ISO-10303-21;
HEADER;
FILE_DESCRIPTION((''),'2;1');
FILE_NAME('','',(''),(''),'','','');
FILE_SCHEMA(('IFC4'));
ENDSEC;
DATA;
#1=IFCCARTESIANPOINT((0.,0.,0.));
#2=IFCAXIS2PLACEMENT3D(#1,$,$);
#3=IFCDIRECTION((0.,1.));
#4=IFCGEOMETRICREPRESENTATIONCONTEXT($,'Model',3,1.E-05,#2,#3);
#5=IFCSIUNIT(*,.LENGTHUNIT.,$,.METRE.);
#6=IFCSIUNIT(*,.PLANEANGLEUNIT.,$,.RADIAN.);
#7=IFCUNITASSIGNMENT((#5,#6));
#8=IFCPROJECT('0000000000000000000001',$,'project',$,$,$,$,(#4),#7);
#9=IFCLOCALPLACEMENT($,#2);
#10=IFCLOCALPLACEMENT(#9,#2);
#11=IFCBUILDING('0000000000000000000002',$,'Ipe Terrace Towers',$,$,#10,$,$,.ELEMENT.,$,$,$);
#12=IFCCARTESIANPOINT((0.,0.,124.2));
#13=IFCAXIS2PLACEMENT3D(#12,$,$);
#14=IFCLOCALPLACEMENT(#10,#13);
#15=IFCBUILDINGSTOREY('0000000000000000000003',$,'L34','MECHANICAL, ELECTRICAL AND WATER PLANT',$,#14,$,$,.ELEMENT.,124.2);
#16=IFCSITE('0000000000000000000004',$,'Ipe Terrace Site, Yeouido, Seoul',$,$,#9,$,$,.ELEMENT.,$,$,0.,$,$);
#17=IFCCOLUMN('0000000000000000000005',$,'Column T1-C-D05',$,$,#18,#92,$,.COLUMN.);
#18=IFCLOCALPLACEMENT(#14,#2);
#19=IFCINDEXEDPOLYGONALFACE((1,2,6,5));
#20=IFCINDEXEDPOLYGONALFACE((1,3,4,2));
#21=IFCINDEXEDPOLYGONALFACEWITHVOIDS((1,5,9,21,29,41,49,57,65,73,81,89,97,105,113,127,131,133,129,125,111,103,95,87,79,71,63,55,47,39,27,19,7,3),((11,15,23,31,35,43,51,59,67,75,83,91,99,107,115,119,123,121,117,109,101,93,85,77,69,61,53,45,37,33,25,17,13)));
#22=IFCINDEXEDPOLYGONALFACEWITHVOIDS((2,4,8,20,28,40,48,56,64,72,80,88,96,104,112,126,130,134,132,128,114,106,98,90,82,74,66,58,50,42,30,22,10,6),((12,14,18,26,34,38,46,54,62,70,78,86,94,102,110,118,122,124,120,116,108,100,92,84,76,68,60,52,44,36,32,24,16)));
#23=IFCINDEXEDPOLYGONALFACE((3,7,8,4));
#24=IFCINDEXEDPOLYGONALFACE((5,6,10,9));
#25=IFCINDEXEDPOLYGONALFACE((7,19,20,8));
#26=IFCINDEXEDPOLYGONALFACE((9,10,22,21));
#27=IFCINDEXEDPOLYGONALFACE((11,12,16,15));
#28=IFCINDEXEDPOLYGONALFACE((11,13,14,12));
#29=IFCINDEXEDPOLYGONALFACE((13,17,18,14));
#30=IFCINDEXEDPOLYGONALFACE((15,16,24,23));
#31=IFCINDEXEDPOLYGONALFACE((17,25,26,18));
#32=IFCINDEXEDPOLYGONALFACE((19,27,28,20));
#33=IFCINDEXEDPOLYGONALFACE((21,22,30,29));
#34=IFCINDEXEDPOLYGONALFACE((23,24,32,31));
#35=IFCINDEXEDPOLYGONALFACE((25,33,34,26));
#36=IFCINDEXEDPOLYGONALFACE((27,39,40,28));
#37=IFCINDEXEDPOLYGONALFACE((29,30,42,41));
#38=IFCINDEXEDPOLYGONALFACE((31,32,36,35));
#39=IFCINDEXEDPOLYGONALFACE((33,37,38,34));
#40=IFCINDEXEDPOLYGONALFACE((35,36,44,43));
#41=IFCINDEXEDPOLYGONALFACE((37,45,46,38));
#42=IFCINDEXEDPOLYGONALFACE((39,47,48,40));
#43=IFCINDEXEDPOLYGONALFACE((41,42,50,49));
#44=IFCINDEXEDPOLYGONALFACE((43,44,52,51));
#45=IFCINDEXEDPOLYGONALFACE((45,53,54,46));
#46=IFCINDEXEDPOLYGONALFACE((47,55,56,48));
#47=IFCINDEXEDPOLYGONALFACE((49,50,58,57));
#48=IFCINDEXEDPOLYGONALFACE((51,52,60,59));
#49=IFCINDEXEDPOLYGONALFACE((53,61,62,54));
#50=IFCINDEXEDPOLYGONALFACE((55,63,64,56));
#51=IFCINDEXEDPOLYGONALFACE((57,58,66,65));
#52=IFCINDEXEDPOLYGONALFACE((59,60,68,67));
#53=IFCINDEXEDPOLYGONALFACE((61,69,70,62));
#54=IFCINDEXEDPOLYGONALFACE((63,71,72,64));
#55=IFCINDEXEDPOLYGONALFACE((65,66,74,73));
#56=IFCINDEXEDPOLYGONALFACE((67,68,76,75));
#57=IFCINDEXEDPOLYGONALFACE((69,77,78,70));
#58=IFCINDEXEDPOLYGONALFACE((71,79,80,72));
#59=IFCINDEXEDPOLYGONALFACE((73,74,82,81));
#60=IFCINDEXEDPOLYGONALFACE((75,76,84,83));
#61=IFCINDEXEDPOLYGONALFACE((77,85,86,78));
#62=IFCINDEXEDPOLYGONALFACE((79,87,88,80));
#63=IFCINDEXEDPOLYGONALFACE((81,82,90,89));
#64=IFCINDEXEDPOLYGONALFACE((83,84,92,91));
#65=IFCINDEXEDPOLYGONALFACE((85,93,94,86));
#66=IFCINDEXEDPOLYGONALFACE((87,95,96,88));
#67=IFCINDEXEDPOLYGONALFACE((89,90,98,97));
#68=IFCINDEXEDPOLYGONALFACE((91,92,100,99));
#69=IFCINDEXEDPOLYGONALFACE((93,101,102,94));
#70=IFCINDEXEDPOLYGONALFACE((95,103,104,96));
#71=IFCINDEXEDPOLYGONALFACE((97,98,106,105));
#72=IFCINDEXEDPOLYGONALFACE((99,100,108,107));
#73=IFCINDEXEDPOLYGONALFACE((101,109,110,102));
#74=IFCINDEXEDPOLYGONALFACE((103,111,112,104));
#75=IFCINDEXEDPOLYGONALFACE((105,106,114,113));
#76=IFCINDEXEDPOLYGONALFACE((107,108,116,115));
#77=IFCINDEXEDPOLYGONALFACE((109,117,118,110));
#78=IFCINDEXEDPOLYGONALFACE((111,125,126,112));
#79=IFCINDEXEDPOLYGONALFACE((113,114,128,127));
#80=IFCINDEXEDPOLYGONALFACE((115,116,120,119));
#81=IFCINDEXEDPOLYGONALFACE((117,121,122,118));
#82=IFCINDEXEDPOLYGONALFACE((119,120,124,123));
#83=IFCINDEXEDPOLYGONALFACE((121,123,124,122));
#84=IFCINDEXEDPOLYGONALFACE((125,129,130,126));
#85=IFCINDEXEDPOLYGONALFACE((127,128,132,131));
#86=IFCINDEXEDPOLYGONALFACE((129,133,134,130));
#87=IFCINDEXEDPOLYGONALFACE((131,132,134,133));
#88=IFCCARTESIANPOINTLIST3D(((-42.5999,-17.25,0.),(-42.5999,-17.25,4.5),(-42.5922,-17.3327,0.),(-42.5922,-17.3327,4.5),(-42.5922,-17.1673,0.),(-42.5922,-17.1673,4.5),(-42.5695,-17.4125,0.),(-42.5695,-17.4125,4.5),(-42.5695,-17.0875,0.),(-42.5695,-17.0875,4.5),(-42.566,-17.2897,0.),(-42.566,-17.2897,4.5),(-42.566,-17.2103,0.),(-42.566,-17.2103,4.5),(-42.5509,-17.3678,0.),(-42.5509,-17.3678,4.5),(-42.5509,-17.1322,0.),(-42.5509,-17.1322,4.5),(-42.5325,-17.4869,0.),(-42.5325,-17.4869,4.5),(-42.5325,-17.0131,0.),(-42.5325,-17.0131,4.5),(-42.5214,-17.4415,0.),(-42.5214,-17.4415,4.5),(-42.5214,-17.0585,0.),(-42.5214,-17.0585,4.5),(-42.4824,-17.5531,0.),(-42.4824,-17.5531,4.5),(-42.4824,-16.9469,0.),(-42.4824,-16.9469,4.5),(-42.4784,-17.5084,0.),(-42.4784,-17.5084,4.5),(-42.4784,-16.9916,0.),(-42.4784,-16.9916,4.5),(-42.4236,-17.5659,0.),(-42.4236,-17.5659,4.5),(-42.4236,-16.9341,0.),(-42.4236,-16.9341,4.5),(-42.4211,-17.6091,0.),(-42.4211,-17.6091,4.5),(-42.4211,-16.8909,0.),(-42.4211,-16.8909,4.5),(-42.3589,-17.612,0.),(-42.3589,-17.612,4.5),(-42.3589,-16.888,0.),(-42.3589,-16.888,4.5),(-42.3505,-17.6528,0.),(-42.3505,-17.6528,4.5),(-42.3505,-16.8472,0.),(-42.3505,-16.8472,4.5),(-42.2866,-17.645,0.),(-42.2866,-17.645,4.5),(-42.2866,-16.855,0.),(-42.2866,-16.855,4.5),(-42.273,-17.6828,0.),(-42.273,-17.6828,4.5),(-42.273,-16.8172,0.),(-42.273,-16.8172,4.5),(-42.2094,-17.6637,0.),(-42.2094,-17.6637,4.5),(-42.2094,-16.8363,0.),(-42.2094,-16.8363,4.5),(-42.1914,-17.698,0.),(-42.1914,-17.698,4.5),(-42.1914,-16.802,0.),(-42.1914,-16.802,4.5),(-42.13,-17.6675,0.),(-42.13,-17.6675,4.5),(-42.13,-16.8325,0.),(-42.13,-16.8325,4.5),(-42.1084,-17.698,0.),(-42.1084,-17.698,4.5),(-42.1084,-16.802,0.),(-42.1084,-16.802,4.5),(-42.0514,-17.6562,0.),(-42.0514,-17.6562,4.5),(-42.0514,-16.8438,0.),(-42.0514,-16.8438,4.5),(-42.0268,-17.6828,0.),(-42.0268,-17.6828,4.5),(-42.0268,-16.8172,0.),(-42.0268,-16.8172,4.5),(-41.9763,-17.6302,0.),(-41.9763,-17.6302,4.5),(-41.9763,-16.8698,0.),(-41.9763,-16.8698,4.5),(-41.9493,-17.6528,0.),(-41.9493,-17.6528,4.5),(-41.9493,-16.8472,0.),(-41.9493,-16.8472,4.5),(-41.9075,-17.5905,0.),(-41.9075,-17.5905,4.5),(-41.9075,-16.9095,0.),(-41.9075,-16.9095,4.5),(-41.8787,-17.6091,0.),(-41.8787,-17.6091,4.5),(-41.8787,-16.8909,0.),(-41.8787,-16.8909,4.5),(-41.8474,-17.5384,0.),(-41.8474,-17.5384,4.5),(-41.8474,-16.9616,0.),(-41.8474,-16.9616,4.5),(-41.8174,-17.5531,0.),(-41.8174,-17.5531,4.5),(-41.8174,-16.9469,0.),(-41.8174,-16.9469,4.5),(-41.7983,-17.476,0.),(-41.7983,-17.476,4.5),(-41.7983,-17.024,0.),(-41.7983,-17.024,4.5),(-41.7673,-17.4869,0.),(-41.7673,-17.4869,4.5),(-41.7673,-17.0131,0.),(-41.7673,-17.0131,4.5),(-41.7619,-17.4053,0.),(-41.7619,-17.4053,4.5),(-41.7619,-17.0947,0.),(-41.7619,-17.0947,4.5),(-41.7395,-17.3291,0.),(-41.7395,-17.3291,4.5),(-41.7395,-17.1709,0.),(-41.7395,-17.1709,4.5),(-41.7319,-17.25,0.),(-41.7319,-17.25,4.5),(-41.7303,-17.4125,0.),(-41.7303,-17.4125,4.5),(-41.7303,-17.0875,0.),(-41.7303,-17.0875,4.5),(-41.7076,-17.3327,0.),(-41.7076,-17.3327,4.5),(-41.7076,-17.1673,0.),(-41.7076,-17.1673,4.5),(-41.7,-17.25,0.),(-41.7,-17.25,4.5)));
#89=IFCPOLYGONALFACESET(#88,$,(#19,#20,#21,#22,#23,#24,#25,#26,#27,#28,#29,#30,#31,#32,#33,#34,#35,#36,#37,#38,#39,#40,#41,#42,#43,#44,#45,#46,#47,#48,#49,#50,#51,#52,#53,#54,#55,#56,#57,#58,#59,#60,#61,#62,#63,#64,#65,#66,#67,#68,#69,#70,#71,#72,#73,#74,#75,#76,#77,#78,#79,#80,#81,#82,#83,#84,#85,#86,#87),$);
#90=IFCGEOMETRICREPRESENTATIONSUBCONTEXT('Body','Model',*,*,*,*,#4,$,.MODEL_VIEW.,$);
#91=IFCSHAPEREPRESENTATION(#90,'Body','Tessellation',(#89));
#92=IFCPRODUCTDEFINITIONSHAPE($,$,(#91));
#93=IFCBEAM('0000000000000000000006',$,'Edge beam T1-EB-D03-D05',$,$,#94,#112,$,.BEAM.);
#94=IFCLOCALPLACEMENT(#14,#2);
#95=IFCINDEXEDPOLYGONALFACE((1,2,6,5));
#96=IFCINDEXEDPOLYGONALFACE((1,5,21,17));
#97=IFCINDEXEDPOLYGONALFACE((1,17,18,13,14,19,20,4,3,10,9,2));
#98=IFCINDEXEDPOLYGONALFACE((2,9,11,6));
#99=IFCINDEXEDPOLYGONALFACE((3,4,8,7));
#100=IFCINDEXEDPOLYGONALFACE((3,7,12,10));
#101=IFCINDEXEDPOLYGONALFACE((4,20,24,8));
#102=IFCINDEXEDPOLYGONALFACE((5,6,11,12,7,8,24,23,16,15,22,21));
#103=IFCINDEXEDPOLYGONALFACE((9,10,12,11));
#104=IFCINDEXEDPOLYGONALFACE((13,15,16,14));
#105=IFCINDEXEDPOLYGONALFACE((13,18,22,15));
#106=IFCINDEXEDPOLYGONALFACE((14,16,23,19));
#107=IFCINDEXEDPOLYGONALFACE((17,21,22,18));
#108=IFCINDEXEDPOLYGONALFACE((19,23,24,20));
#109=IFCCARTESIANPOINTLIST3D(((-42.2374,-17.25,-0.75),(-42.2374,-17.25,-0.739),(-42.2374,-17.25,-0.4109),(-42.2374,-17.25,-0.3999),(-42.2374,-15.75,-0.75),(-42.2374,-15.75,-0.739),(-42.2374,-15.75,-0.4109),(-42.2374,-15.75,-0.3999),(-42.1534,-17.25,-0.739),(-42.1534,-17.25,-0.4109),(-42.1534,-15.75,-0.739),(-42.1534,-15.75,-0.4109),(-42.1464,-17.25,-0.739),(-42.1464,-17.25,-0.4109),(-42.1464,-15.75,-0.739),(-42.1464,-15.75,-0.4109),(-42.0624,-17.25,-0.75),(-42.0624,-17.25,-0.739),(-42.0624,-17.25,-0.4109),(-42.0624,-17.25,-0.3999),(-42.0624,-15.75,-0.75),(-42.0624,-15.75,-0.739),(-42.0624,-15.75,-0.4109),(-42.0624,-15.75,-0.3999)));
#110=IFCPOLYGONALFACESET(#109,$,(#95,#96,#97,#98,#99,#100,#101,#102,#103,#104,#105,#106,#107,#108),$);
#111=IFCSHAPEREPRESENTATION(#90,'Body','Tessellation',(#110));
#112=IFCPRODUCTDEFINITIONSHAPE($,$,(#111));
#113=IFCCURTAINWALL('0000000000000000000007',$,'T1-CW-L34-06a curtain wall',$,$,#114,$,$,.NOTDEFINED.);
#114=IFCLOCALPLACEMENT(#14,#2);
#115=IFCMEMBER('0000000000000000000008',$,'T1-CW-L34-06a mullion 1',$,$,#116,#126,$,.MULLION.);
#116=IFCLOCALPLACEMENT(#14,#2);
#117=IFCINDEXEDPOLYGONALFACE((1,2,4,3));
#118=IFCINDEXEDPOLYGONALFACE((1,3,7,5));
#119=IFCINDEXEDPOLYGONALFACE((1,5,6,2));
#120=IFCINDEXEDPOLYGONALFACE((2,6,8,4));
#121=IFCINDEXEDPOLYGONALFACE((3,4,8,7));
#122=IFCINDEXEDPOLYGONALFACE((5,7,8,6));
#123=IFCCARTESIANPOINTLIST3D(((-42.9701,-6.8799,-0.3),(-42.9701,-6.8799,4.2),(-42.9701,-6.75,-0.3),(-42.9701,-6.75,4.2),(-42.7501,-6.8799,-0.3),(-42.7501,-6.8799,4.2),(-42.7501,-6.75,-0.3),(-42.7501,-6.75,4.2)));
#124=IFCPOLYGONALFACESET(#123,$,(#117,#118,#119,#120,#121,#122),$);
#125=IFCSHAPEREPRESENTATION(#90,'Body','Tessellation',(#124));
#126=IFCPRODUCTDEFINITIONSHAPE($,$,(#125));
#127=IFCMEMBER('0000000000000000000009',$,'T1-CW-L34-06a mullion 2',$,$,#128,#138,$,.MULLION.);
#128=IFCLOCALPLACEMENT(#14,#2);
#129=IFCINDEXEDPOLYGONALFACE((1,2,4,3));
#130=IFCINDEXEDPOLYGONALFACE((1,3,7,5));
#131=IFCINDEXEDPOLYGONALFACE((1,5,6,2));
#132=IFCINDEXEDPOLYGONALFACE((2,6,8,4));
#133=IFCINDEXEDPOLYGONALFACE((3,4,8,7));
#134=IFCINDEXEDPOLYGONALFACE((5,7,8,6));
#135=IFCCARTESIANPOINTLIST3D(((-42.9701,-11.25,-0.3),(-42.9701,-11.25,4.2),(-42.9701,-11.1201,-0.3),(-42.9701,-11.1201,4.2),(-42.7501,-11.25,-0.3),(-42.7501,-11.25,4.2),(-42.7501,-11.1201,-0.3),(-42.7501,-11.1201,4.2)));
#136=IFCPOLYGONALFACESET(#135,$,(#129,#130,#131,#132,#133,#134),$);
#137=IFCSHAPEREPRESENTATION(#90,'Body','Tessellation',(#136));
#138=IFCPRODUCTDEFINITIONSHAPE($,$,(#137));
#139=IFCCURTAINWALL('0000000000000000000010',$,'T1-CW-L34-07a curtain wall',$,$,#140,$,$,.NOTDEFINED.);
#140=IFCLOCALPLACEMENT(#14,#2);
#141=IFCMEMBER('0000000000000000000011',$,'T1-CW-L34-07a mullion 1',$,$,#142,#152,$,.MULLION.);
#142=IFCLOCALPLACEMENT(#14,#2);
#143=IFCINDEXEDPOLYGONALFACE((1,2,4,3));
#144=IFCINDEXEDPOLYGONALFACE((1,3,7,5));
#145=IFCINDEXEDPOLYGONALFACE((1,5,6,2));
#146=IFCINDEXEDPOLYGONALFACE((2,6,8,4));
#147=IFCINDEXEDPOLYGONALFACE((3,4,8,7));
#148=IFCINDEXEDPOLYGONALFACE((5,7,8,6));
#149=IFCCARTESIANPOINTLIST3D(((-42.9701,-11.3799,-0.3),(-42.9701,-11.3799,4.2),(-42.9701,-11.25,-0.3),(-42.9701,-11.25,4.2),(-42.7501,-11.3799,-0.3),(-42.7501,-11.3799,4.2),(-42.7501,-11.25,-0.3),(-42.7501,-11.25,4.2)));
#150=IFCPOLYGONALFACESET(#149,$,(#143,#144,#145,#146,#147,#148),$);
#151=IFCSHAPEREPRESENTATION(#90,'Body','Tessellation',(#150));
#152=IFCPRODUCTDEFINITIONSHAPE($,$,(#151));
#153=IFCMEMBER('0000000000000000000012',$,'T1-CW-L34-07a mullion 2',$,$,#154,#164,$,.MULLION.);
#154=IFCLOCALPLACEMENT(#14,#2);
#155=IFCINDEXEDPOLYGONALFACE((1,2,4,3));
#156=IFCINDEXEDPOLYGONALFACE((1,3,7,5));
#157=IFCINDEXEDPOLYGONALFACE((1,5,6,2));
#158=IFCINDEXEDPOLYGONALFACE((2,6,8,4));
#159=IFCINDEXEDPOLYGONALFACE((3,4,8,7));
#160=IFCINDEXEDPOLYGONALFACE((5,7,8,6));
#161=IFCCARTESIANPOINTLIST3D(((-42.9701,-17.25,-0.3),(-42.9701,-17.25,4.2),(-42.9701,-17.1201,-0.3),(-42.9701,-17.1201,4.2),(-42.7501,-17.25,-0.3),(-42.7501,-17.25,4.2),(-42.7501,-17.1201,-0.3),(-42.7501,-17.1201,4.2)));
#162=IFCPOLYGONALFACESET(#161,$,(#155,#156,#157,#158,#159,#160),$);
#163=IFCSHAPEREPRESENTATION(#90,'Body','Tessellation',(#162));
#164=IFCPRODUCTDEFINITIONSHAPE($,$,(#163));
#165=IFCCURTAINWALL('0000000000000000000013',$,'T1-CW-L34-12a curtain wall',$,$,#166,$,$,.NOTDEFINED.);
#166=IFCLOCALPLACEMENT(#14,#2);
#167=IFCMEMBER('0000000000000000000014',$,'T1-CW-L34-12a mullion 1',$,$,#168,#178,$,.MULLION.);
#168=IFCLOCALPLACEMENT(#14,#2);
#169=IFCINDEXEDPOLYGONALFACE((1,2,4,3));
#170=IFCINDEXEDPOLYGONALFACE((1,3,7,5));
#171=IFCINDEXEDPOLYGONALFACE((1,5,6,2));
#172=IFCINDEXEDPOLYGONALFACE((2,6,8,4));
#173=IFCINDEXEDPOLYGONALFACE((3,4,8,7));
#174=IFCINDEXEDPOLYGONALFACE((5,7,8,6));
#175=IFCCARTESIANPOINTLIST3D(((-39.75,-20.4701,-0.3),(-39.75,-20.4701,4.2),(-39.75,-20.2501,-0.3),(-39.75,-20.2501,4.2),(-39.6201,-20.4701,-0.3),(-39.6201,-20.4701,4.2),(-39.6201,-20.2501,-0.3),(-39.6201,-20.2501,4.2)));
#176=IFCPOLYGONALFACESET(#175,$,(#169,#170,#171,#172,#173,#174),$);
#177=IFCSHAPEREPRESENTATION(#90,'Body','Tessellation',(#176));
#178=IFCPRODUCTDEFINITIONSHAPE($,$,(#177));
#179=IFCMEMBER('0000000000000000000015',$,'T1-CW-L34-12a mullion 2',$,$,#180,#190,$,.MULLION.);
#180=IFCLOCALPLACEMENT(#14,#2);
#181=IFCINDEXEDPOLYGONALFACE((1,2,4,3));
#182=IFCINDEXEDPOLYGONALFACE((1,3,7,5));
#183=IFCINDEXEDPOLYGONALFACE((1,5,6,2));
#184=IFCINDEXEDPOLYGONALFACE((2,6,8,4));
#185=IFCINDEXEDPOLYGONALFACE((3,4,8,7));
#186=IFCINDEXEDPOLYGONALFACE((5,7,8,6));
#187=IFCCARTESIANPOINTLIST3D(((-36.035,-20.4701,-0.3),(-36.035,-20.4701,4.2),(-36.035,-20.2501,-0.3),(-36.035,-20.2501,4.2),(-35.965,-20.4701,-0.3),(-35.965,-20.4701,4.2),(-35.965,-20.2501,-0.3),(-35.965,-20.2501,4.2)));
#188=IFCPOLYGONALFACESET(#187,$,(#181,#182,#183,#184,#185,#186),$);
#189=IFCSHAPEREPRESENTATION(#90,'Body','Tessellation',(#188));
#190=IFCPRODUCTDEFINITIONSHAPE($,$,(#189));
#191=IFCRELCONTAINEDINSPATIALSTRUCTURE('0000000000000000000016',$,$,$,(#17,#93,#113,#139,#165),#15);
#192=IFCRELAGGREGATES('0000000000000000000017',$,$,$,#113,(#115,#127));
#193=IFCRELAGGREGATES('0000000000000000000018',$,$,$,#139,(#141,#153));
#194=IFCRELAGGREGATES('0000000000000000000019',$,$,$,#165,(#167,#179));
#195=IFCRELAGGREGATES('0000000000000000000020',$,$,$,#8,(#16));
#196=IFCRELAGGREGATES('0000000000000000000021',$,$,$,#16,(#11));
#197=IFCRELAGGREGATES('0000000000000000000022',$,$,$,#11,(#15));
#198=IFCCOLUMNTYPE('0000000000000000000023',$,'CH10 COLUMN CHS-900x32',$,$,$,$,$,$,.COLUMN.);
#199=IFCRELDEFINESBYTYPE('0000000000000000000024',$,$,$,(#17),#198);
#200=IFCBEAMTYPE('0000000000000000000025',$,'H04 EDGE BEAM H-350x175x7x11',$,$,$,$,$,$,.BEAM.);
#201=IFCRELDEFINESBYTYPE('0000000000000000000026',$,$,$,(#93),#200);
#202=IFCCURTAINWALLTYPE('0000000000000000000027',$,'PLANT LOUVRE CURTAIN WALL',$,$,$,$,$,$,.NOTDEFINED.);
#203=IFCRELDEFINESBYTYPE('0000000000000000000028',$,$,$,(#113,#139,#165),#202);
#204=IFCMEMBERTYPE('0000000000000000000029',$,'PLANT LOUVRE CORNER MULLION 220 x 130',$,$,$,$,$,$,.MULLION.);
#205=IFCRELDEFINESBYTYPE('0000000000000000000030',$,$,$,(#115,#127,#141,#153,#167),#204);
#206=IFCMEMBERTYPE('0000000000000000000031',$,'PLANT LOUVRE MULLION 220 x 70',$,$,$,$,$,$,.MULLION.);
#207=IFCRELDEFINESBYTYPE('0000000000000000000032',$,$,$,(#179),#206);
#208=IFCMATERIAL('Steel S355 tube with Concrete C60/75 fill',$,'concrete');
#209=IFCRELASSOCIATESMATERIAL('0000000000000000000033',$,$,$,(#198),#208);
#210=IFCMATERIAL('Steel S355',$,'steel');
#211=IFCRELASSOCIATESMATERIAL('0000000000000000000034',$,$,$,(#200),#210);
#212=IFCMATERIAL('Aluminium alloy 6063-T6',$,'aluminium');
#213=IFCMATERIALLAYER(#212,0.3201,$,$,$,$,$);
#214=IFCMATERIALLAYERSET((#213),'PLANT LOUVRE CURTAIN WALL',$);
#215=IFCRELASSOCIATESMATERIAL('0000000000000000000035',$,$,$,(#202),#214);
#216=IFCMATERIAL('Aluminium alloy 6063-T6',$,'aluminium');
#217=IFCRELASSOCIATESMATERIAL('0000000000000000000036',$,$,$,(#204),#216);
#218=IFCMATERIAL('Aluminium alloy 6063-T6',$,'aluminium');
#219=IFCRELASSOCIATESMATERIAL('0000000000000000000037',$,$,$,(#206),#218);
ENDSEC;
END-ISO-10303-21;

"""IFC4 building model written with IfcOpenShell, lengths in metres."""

from ifc_helpers import new_model, si_unit, direction, frame, origin, origin_2d, place, context, subcontext, project, spatial, rectangle, hollow_circle, i_section, extrude, material, layer, layer_set, material_profile, profile_set, type_object, element, aggregate, save


model = new_model("IFC4")

# Units and contexts
model_context = context("Model", 3, precision=1e-05, world=origin(), true_north=direction((0.0, 1.0)))
body_context = subcontext(model_context, "Body", "Model", "MODEL_VIEW")
ifc_project = project(units=[si_unit("LENGTHUNIT", "METRE"), si_unit("PLANEANGLEUNIT", "RADIAN")], contexts=[model_context])

# Site, building, storey
site_placement = place(None, origin())
site = spatial("IfcSite", under=ifc_project, at=site_placement, Name="Ipe Terrace Site, Yeouido, Seoul", CompositionType="ELEMENT", RefElevation=0.0)
building_placement = place(site_placement, origin())
building = spatial("IfcBuilding", under=site, at=building_placement, Name="Ipe Terrace Towers", CompositionType="ELEMENT")
storey_placement = place(building_placement, frame((0.0, 0.0, 124.2)))
storey = spatial("IfcBuildingStorey", under=building, at=storey_placement, Name="L34", Description="MECHANICAL, ELECTRICAL AND WATER PLANT", CompositionType="ELEMENT", Elevation=124.2)

# Column
ifc_material_1 = material(Name="Steel S355 tube with Concrete C60/75 fill", Category="concrete")
ifc_material_profile_1 = material_profile(ifc_material_1, hollow_circle(Radius=0.45, WallThickness=0.032, at=origin_2d()), Name="CHS-900x32")
ifc_profile_set_1 = profile_set([ifc_material_profile_1], Name="Steel S355 tube with Concrete C60/75 fill")
column_type_1 = type_object("IfcColumnType", Name="CH10 COLUMN CHS-900x32", PredefinedType="COLUMN", material=ifc_profile_set_1)
for number, where, z_axis, x_axis, name in (
    (1, (-42.1499, -17.25, 0.0), (0.0, 0.0, 1.0), (1.0, 0.0, 0.0), "Column T1-C-D05"),
):
    element("IfcColumn", number, at=place(storey_placement, frame(where, z_axis=z_axis, x_axis=x_axis)), inside=storey, type_object=column_type_1, Name=name, PredefinedType="COLUMN", context=body_context, shape_type="SweptSolid", body=[
        extrude(hollow_circle(Radius=0.45, WallThickness=0.032, at=origin_2d()), origin(), (0.0, 0.0, 1.0), 4.5),
    ])

# Beam
ifc_material_2 = material(Name="Steel S355", Category="steel")
ifc_material_profile_2 = material_profile(ifc_material_2, i_section(OverallWidth=0.175, OverallDepth=0.3501, WebThickness=0.0071, FlangeThickness=0.011, at=origin_2d()), Name="H-350x175x7x11")
ifc_profile_set_2 = profile_set([ifc_material_profile_2], Name="Steel S355")
beam_type = type_object("IfcBeamType", Name="H04 EDGE BEAM H-350x175x7x11", PredefinedType="BEAM", material=ifc_profile_set_2)
beam_placement = place(storey_placement, frame((-42.1499, -15.75, -0.575), z_axis=(0.0, -1.0, 0.0), x_axis=(1.0, 0.0, 0.0)))
element("IfcBeam", 2, at=beam_placement, inside=storey, type_object=beam_type, Name="Edge beam T1-EB-D03-D05", PredefinedType="BEAM", context=body_context, shape_type="SweptSolid", body=[
    extrude(i_section(OverallWidth=0.175, OverallDepth=0.3501, WebThickness=0.0071, FlangeThickness=0.011, at=origin_2d()), origin(), (0.0, 0.0, 1.0), 1.5),
])

# Curtain walls, members
ifc_material_3 = material(Name="Aluminium alloy 6063-T6", Category="aluminium")
ifc_layer_1 = layer(ifc_material_3, 0.3201)
ifc_layer_set_1 = layer_set([ifc_layer_1], Name="PLANT LOUVRE CURTAIN WALL")
curtain_wall_type = type_object("IfcCurtainWallType", Name="PLANT LOUVRE CURTAIN WALL", PredefinedType="NOTDEFINED", material=ifc_layer_set_1)
curtain_wall_1_placement = place(storey_placement, origin())
curtain_wall_1 = element("IfcCurtainWall", 3, at=curtain_wall_1_placement, inside=storey, type_object=curtain_wall_type, Name="T1-CW-L34-06a curtain wall", PredefinedType="NOTDEFINED")
ifc_material_4 = material(Name="Aluminium alloy 6063-T6", Category="aluminium")
ifc_material_profile_3 = material_profile(ifc_material_4, rectangle(XDim=0.22, YDim=0.1299, at=origin_2d()), Name="PLANT LOUVRE CORNER MULLION 220 x 130")
ifc_profile_set_3 = profile_set([ifc_material_profile_3], Name="Aluminium alloy 6063-T6")
member_type_1 = type_object("IfcMemberType", Name="PLANT LOUVRE CORNER MULLION 220 x 130", PredefinedType="MULLION", material=ifc_profile_set_3)
member_1_placement = place(storey_placement, frame((-42.8601, -6.8149, -0.3), z_axis=(0.0, 0.0, 1.0), x_axis=(-1.0, 0.0, 0.0)))
member_1 = element("IfcMember", 4, at=member_1_placement, type_object=member_type_1, Name="T1-CW-L34-06a mullion 1", PredefinedType="MULLION", context=body_context, shape_type="SweptSolid", body=[
    extrude(rectangle(XDim=0.22, YDim=0.1299, at=origin_2d()), origin(), (0.0, 0.0, 1.0), 4.5),
])
member_2_placement = place(storey_placement, frame((-42.8601, -11.1851, -0.3), z_axis=(0.0, 0.0, 1.0), x_axis=(-1.0, 0.0, 0.0)))
member_2 = element("IfcMember", 5, at=member_2_placement, type_object=member_type_1, Name="T1-CW-L34-06a mullion 2", PredefinedType="MULLION", context=body_context, shape_type="SweptSolid", body=[
    extrude(rectangle(XDim=0.22, YDim=0.1299, at=origin_2d()), origin(), (0.0, 0.0, 1.0), 4.5),
])
curtain_wall_2_placement = place(storey_placement, origin())
curtain_wall_2 = element("IfcCurtainWall", 6, at=curtain_wall_2_placement, inside=storey, type_object=curtain_wall_type, Name="T1-CW-L34-07a curtain wall", PredefinedType="NOTDEFINED")
member_3_placement = place(storey_placement, frame((-42.8601, -11.3149, -0.3), z_axis=(0.0, 0.0, 1.0), x_axis=(-1.0, 0.0, 0.0)))
member_3 = element("IfcMember", 7, at=member_3_placement, type_object=member_type_1, Name="T1-CW-L34-07a mullion 1", PredefinedType="MULLION", context=body_context, shape_type="SweptSolid", body=[
    extrude(rectangle(XDim=0.22, YDim=0.1299, at=origin_2d()), origin(), (0.0, 0.0, 1.0), 4.5),
])
member_4_placement = place(storey_placement, frame((-42.8601, -17.1851, -0.3), z_axis=(0.0, 0.0, 1.0), x_axis=(-1.0, 0.0, 0.0)))
member_4 = element("IfcMember", 8, at=member_4_placement, type_object=member_type_1, Name="T1-CW-L34-07a mullion 2", PredefinedType="MULLION", context=body_context, shape_type="SweptSolid", body=[
    extrude(rectangle(XDim=0.22, YDim=0.1299, at=origin_2d()), origin(), (0.0, 0.0, 1.0), 4.5),
])
curtain_wall_3_placement = place(storey_placement, origin())
curtain_wall_3 = element("IfcCurtainWall", 9, at=curtain_wall_3_placement, inside=storey, type_object=curtain_wall_type, Name="T1-CW-L34-12a curtain wall", PredefinedType="NOTDEFINED")
member_5_placement = place(storey_placement, frame((-39.6851, -20.3601, -0.3), z_axis=(0.0, 0.0, 1.0), x_axis=(0.0, -1.0, 0.0)))
member_5 = element("IfcMember", 10, at=member_5_placement, type_object=member_type_1, Name="T1-CW-L34-12a mullion 1", PredefinedType="MULLION", context=body_context, shape_type="SweptSolid", body=[
    extrude(rectangle(XDim=0.22, YDim=0.1299, at=origin_2d()), origin(), (0.0, 0.0, 1.0), 4.5),
])
ifc_material_5 = material(Name="Aluminium alloy 6063-T6", Category="aluminium")
ifc_material_profile_4 = material_profile(ifc_material_5, rectangle(XDim=0.22, YDim=0.0701, at=origin_2d()), Name="PLANT LOUVRE MULLION 220 x 70")
ifc_profile_set_4 = profile_set([ifc_material_profile_4], Name="Aluminium alloy 6063-T6")
member_type_2 = type_object("IfcMemberType", Name="PLANT LOUVRE MULLION 220 x 70", PredefinedType="MULLION", material=ifc_profile_set_4)
member_6_placement = place(storey_placement, frame((-36.0, -20.3601, -0.3), z_axis=(0.0, 0.0, 1.0), x_axis=(0.0, -1.0, 0.0)))
member_6 = element("IfcMember", 11, at=member_6_placement, type_object=member_type_2, Name="T1-CW-L34-12a mullion 2", PredefinedType="MULLION", context=body_context, shape_type="SweptSolid", body=[
    extrude(rectangle(XDim=0.22, YDim=0.0701, at=origin_2d()), origin(), (0.0, 0.0, 1.0), 4.5),
])

aggregate(curtain_wall_1, [member_1, member_2])
aggregate(curtain_wall_2, [member_3, member_4])
aggregate(curtain_wall_3, [member_5, member_6])

save(model, "model.ifc")
